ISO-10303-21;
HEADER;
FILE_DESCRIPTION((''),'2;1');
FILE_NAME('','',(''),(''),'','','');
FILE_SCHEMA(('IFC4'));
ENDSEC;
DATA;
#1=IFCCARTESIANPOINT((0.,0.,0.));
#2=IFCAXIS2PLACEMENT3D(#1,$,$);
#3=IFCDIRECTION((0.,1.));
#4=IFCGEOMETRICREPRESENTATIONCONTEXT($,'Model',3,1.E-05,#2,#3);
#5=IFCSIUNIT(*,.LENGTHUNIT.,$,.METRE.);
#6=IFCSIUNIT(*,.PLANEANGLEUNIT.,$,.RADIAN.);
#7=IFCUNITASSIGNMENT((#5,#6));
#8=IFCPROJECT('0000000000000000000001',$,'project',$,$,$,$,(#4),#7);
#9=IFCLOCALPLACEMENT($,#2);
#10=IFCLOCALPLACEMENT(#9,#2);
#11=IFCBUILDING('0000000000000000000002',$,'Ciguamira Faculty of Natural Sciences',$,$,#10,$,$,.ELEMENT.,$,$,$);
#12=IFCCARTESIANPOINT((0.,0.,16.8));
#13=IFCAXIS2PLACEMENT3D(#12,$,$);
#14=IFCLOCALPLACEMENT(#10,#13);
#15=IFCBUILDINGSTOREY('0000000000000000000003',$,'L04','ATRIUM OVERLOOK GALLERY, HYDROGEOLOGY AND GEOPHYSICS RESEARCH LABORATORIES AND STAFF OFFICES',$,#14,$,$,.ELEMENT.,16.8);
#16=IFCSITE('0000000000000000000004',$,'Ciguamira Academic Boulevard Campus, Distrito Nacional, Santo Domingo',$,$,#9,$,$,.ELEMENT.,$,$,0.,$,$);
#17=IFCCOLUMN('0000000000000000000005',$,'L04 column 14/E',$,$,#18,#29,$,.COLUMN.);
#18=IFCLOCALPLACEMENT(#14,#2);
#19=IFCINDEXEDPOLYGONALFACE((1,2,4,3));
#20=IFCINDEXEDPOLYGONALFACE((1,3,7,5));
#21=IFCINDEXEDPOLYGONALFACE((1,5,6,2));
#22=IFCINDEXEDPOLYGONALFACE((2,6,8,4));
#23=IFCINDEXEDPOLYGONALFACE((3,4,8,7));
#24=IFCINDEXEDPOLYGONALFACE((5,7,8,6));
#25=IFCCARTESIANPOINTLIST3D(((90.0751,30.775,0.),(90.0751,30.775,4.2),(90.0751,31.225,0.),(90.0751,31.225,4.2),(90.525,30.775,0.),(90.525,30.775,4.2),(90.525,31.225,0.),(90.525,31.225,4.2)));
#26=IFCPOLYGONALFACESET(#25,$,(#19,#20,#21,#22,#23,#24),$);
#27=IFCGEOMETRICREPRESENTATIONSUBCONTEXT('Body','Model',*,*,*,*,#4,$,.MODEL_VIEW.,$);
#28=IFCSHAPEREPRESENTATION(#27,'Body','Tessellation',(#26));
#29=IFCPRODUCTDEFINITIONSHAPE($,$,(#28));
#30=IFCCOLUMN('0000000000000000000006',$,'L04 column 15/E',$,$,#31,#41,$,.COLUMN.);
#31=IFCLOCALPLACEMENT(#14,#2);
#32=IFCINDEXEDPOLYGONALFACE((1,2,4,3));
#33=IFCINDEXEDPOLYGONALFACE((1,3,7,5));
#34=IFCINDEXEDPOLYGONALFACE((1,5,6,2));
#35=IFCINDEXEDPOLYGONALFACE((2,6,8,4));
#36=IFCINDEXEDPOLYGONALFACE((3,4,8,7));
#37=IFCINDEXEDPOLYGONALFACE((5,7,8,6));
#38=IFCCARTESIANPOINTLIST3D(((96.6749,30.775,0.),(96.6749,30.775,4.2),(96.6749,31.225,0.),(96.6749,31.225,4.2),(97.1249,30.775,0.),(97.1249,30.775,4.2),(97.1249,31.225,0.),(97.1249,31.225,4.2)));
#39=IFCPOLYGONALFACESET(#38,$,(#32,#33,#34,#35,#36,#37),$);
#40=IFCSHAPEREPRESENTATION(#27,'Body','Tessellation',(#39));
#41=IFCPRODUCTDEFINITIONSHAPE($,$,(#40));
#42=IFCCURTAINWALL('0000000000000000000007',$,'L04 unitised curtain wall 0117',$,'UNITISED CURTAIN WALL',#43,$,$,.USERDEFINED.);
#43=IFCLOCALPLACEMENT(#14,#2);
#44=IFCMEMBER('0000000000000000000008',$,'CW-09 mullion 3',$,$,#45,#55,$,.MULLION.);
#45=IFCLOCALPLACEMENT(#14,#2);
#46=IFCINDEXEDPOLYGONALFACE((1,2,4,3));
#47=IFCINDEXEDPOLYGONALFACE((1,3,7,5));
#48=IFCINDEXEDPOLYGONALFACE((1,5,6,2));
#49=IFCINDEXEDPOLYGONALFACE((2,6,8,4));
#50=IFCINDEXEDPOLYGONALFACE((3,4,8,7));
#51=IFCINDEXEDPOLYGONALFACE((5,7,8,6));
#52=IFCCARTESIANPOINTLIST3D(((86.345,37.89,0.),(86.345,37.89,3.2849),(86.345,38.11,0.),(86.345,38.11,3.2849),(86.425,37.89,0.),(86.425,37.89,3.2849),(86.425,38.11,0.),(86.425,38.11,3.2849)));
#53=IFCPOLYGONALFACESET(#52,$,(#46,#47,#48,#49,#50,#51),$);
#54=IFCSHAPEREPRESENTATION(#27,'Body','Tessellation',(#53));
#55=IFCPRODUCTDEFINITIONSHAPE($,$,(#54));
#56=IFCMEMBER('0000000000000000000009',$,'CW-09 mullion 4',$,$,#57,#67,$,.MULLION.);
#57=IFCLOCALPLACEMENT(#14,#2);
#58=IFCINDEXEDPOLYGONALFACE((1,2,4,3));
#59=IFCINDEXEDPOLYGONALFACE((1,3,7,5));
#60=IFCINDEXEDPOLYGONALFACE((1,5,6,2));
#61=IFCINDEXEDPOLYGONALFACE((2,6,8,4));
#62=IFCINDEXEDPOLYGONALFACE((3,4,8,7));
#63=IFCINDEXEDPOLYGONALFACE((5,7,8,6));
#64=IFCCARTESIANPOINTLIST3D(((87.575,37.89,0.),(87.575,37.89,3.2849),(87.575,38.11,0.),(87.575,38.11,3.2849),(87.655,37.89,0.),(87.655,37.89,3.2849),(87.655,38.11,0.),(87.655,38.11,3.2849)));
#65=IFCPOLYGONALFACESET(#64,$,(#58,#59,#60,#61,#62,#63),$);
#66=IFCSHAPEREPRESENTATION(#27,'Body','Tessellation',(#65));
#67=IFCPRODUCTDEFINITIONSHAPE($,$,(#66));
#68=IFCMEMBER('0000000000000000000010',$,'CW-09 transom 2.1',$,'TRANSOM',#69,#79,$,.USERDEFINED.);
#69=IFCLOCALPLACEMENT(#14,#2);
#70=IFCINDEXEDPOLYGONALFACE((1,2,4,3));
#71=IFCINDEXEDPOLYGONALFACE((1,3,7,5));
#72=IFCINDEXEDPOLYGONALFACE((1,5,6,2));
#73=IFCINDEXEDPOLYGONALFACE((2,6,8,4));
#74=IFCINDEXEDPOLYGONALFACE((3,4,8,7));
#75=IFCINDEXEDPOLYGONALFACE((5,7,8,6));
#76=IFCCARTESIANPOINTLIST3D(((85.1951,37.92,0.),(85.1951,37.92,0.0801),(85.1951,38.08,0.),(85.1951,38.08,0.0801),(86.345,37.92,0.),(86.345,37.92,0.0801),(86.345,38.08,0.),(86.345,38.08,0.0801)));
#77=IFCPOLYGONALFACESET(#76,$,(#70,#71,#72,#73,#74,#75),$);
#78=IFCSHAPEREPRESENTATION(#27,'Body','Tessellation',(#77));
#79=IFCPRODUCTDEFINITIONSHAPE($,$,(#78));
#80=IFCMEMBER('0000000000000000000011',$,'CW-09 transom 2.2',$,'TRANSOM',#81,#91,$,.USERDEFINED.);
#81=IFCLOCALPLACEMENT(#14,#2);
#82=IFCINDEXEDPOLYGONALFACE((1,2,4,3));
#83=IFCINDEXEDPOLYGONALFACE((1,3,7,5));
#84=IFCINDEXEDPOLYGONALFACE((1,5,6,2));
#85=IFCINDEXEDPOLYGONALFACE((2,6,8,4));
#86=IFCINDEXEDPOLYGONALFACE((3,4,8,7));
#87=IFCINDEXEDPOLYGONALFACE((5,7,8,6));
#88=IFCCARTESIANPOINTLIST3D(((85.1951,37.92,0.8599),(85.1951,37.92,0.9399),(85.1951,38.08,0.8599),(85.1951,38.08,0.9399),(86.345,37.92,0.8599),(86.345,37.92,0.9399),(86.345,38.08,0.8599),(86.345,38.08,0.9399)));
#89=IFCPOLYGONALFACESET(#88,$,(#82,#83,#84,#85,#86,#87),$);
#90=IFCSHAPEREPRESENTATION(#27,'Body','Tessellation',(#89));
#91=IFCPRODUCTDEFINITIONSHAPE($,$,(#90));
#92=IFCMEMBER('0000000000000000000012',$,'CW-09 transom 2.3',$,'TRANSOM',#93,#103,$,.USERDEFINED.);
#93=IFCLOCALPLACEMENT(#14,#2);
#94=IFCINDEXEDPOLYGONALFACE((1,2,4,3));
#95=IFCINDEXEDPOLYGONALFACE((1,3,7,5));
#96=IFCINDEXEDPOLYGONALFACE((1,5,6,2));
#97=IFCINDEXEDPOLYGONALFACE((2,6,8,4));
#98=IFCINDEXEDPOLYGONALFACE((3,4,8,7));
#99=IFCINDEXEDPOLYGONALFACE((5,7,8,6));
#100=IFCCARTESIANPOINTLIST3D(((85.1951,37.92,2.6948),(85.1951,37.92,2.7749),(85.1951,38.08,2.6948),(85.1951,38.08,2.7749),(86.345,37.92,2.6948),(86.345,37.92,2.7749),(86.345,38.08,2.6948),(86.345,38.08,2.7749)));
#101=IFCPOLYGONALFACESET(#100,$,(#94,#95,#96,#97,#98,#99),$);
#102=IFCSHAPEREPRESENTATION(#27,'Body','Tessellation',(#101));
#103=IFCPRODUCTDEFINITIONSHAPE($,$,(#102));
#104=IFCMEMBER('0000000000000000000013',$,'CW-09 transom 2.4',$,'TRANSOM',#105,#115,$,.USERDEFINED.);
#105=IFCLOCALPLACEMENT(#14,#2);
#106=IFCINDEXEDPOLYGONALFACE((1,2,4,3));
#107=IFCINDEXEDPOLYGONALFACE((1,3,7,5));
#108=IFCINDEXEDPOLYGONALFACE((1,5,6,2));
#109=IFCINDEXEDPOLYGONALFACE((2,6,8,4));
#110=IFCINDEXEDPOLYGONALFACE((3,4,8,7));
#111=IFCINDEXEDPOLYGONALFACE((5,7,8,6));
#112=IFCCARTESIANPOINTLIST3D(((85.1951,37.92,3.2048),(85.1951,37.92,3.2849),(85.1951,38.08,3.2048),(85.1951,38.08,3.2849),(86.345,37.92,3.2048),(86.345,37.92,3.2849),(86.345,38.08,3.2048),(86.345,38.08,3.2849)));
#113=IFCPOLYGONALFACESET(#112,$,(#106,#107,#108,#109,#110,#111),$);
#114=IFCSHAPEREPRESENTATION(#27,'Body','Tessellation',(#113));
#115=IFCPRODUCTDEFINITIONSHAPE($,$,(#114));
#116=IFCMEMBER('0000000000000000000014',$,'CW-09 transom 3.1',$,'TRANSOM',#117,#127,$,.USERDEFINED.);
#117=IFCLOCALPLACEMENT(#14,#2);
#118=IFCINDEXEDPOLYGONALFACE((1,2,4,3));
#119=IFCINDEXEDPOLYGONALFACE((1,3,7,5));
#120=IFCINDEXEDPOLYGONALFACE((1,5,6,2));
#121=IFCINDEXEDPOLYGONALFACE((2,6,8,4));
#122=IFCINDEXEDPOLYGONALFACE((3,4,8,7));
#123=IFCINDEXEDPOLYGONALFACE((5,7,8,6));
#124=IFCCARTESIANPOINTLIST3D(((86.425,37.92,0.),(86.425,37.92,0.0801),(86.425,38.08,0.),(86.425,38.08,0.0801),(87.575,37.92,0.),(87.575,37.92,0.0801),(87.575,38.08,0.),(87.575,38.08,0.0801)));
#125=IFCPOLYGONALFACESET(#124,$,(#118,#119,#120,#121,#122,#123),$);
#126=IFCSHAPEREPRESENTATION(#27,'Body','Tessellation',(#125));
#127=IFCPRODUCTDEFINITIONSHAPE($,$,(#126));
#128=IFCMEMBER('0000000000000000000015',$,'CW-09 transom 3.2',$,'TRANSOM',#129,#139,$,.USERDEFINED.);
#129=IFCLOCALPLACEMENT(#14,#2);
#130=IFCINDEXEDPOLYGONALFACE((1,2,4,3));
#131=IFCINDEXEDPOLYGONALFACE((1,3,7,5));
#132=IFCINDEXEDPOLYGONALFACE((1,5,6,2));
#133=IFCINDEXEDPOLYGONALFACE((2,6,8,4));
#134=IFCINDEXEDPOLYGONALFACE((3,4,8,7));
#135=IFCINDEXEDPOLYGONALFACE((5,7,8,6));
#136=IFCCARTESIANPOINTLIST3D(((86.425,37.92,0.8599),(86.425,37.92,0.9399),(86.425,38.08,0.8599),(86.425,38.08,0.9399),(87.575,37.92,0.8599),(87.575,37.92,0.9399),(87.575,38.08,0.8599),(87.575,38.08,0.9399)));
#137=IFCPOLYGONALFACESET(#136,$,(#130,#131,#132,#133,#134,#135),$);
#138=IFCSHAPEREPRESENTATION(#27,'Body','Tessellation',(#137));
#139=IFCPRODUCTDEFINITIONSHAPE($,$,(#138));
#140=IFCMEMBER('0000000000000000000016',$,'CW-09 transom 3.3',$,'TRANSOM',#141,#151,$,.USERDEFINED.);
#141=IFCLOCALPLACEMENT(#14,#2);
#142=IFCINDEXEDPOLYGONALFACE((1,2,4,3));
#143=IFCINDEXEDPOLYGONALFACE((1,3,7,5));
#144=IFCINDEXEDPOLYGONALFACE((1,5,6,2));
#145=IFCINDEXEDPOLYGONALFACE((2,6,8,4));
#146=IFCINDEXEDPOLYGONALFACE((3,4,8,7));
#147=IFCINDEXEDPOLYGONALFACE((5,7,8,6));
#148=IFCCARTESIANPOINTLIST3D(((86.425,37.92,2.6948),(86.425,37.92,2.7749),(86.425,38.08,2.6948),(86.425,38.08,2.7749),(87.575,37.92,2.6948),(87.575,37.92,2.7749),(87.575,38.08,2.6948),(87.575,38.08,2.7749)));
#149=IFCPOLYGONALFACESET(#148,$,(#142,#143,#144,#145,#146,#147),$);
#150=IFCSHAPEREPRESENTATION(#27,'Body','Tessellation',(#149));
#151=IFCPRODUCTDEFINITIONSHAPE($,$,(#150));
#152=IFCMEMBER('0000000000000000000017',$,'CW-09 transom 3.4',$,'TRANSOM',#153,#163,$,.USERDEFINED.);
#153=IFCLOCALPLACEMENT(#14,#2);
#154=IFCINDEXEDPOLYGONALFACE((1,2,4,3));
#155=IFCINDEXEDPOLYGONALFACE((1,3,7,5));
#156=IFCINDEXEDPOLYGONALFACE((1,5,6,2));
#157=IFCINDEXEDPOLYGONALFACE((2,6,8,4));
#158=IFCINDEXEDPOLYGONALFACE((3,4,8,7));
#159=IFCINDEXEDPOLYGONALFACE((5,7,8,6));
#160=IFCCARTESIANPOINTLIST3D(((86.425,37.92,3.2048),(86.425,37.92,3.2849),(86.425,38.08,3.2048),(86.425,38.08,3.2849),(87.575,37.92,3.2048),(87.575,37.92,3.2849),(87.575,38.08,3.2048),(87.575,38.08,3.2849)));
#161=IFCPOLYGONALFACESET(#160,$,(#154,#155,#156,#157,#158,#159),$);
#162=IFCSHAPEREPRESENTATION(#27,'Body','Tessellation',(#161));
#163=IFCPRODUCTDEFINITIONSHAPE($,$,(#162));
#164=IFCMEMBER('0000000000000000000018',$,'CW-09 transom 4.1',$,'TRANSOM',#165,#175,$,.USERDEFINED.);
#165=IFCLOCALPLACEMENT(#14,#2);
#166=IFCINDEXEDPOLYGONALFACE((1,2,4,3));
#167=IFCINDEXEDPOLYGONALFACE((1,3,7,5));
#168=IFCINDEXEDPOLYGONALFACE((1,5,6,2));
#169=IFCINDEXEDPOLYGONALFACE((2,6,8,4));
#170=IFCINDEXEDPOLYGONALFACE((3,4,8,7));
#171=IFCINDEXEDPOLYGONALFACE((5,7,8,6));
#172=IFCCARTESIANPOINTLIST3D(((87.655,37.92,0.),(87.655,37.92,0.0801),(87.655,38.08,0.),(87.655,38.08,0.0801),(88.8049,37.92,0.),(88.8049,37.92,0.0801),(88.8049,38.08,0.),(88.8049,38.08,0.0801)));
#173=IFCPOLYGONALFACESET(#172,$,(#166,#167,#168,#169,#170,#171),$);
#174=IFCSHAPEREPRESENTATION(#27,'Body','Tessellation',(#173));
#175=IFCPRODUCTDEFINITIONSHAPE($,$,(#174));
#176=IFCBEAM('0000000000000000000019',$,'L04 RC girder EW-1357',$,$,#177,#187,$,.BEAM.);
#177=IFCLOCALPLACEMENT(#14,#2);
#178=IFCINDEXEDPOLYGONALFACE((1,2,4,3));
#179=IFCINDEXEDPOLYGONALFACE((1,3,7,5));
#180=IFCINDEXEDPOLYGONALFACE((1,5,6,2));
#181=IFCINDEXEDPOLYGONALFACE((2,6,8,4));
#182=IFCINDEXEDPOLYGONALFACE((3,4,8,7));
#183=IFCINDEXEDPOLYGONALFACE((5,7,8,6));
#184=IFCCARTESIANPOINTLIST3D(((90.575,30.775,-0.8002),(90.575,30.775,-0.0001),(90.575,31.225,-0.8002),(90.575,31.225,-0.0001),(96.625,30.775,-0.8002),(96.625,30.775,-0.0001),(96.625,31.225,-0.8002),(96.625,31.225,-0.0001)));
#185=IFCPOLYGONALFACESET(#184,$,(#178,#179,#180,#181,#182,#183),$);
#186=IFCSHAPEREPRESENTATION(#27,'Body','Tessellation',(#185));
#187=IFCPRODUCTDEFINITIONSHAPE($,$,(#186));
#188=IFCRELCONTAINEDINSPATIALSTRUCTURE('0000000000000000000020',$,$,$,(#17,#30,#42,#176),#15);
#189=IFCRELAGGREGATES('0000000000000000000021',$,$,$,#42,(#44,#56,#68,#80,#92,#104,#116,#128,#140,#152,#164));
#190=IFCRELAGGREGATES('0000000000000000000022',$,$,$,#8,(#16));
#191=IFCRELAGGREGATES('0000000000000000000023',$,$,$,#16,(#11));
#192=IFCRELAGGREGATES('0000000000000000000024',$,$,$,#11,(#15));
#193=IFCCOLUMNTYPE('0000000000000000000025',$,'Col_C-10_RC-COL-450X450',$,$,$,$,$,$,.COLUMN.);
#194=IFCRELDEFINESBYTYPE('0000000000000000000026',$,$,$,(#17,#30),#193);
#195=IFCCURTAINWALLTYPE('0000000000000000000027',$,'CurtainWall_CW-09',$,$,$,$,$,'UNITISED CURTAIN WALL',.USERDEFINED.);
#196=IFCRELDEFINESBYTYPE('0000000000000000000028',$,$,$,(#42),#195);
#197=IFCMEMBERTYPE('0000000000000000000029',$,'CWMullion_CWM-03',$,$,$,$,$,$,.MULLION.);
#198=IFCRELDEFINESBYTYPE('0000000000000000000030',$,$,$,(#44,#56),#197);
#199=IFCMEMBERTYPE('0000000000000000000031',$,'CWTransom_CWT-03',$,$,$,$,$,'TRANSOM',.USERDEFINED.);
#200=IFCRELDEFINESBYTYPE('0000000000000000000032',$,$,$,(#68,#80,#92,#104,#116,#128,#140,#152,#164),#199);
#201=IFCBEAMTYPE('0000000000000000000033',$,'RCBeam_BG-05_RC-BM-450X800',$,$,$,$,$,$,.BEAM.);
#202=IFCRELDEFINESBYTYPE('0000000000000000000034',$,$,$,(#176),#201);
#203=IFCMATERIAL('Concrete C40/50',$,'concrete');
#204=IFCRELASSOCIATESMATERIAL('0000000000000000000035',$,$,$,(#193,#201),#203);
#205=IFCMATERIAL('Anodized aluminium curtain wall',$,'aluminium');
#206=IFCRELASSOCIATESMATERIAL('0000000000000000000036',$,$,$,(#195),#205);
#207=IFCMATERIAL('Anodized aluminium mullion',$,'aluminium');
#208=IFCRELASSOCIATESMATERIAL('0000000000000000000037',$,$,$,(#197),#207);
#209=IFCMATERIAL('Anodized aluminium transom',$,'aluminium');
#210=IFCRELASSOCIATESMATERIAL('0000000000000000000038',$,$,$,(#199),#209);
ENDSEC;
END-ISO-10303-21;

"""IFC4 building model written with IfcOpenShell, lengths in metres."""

from ifc_helpers import new_model, si_unit, direction, frame, origin, origin_2d, place, context, subcontext, project, spatial, rectangle, extrude, material, material_profile, profile_set, type_object, element, aggregate, save


model = new_model("IFC4")

# Units and contexts
model_context = context("Model", 3, precision=1e-05, world=origin(), true_north=direction((0.0, 1.0)))
body_context = subcontext(model_context, "Body", "Model", "MODEL_VIEW")
ifc_project = project(units=[si_unit("LENGTHUNIT", "METRE"), si_unit("PLANEANGLEUNIT", "RADIAN")], contexts=[model_context])

# Site, building, storey
site_placement = place(None, origin())
site = spatial("IfcSite", under=ifc_project, at=site_placement, Name="Ciguamira Academic Boulevard Campus, Distrito Nacional, Santo Domingo", CompositionType="ELEMENT", RefElevation=0.0)
building_placement = place(site_placement, origin())
building = spatial("IfcBuilding", under=site, at=building_placement, Name="Ciguamira Faculty of Natural Sciences", CompositionType="ELEMENT")
storey_placement = place(building_placement, frame((0.0, 0.0, 16.8)))
storey = spatial("IfcBuildingStorey", under=building, at=storey_placement, Name="L04", Description="ATRIUM OVERLOOK GALLERY, HYDROGEOLOGY AND GEOPHYSICS RESEARCH LABORATORIES AND STAFF OFFICES", CompositionType="ELEMENT", Elevation=16.8)

# Columns
ifc_material_1 = material(Name="Concrete C40/50", Category="concrete")
ifc_material_profile_1 = material_profile(ifc_material_1, rectangle(XDim=0.45, YDim=0.45, at=origin_2d()), Name="RC-COL-450X450")
ifc_profile_set_1 = profile_set([ifc_material_profile_1], Name="Concrete C40/50")
column_type = type_object("IfcColumnType", Name="Col_C-10_RC-COL-450X450", PredefinedType="COLUMN", material=ifc_profile_set_1)
for number, where, z_axis, x_axis, name in (
    (1, (90.3, 31.0, 0.0), (0.0, 0.0, 1.0), (1.0, 0.0, 0.0), "L04 column 14/E"),
    (2, (96.8999, 31.0, 0.0), (0.0, 0.0, 1.0), (1.0, 0.0, 0.0), "L04 column 15/E"),
):
    element("IfcColumn", number, at=place(storey_placement, frame(where, z_axis=z_axis, x_axis=x_axis)), inside=storey, type_object=column_type, Name=name, PredefinedType="COLUMN", context=body_context, shape_type="SweptSolid", body=[
        extrude(rectangle(XDim=0.45, YDim=0.45, at=origin_2d()), origin(), (0.0, 0.0, 1.0), 4.2),
    ])

# Curtain wall, members
ifc_material_2 = material(Name="Anodized aluminium curtain wall", Category="aluminium")
curtain_wall_type = type_object("IfcCurtainWallType", Name="CurtainWall_CW-09", ElementType="UNITISED CURTAIN WALL", PredefinedType="USERDEFINED", material=ifc_material_2)
curtain_wall_placement = place(storey_placement, origin())
curtain_wall = element("IfcCurtainWall", 3, at=curtain_wall_placement, inside=storey, type_object=curtain_wall_type, Name="L04 unitised curtain wall 0117", ObjectType="UNITISED CURTAIN WALL", PredefinedType="USERDEFINED")
ifc_material_3 = material(Name="Anodized aluminium mullion", Category="aluminium")
ifc_material_profile_2 = material_profile(ifc_material_3, rectangle(XDim=0.0801, YDim=0.22, at=origin_2d()), Name="ALU-MUL-80X220")
ifc_profile_set_2 = profile_set([ifc_material_profile_2], Name="Anodized aluminium mullion")
member_type_1 = type_object("IfcMemberType", Name="CWMullion_CWM-03", PredefinedType="MULLION", material=ifc_profile_set_2)
member_1_placement = place(storey_placement, frame((86.385, 38.0, 0.0), z_axis=(0.0, 0.0, 1.0), x_axis=(1.0, 0.0, 0.0)))
member_1 = element("IfcMember", 4, at=member_1_placement, type_object=member_type_1, Name="CW-09 mullion 3", PredefinedType="MULLION", context=body_context, shape_type="SweptSolid", body=[
    extrude(rectangle(XDim=0.0801, YDim=0.22, at=origin_2d()), origin(), (0.0, 0.0, 1.0), 3.2849),
])
member_2_placement = place(storey_placement, frame((87.615, 38.0, 0.0), z_axis=(0.0, 0.0, 1.0), x_axis=(1.0, 0.0, 0.0)))
member_2 = element("IfcMember", 5, at=member_2_placement, type_object=member_type_1, Name="CW-09 mullion 4", PredefinedType="MULLION", context=body_context, shape_type="SweptSolid", body=[
    extrude(rectangle(XDim=0.0801, YDim=0.22, at=origin_2d()), origin(), (0.0, 0.0, 1.0), 3.2849),
])
ifc_material_4 = material(Name="Anodized aluminium transom", Category="aluminium")
ifc_material_profile_3 = material_profile(ifc_material_4, rectangle(XDim=0.0801, YDim=0.1599, at=origin_2d()), Name="ALU-TRN-80X160")
ifc_profile_set_3 = profile_set([ifc_material_profile_3], Name="Anodized aluminium transom")
member_type_2 = type_object("IfcMemberType", Name="CWTransom_CWT-03", ElementType="TRANSOM", PredefinedType="USERDEFINED", material=ifc_profile_set_3)
member_3_placement = place(storey_placement, frame((85.1951, 38.0, 0.04), z_axis=(1.0, 0.0, 0.0), x_axis=(0.0, 0.0, 1.0)))
member_3 = element("IfcMember", 6, at=member_3_placement, type_object=member_type_2, Name="CW-09 transom 2.1", ObjectType="TRANSOM", PredefinedType="USERDEFINED", context=body_context, shape_type="SweptSolid", body=[
    extrude(rectangle(XDim=0.0801, YDim=0.1599, at=origin_2d()), origin(), (0.0, 0.0, 1.0), 1.1499),
])
member_4_placement = place(storey_placement, frame((85.1951, 38.0, 0.8999), z_axis=(1.0, 0.0, 0.0), x_axis=(0.0, 0.0, 1.0)))
member_4 = element("IfcMember", 7, at=member_4_placement, type_object=member_type_2, Name="CW-09 transom 2.2", ObjectType="TRANSOM", PredefinedType="USERDEFINED", context=body_context, shape_type="SweptSolid", body=[
    extrude(rectangle(XDim=0.0801, YDim=0.1599, at=origin_2d()), origin(), (0.0, 0.0, 1.0), 1.1499),
])
member_5_placement = place(storey_placement, frame((85.1951, 38.0, 2.7349), z_axis=(1.0, 0.0, 0.0), x_axis=(0.0, 0.0, 1.0)))
member_5 = element("IfcMember", 8, at=member_5_placement, type_object=member_type_2, Name="CW-09 transom 2.3", ObjectType="TRANSOM", PredefinedType="USERDEFINED", context=body_context, shape_type="SweptSolid", body=[
    extrude(rectangle(XDim=0.0801, YDim=0.1599, at=origin_2d()), origin(), (0.0, 0.0, 1.0), 1.1499),
])
member_6_placement = place(storey_placement, frame((85.1951, 38.0, 3.2449), z_axis=(1.0, 0.0, 0.0), x_axis=(0.0, 0.0, 1.0)))
member_6 = element("IfcMember", 9, at=member_6_placement, type_object=member_type_2, Name="CW-09 transom 2.4", ObjectType="TRANSOM", PredefinedType="USERDEFINED", context=body_context, shape_type="SweptSolid", body=[
    extrude(rectangle(XDim=0.0801, YDim=0.1599, at=origin_2d()), origin(), (0.0, 0.0, 1.0), 1.1499),
])
member_7_placement = place(storey_placement, frame((86.425, 38.0, 0.04), z_axis=(1.0, 0.0, 0.0), x_axis=(0.0, 0.0, 1.0)))
member_7 = element("IfcMember", 10, at=member_7_placement, type_object=member_type_2, Name="CW-09 transom 3.1", ObjectType="TRANSOM", PredefinedType="USERDEFINED", context=body_context, shape_type="SweptSolid", body=[
    extrude(rectangle(XDim=0.0801, YDim=0.1599, at=origin_2d()), origin(), (0.0, 0.0, 1.0), 1.1499),
])
member_8_placement = place(storey_placement, frame((86.425, 38.0, 0.8999), z_axis=(1.0, 0.0, 0.0), x_axis=(0.0, 0.0, 1.0)))
member_8 = element("IfcMember", 11, at=member_8_placement, type_object=member_type_2, Name="CW-09 transom 3.2", ObjectType="TRANSOM", PredefinedType="USERDEFINED", context=body_context, shape_type="SweptSolid", body=[
    extrude(rectangle(XDim=0.0801, YDim=0.1599, at=origin_2d()), origin(), (0.0, 0.0, 1.0), 1.1499),
])
member_9_placement = place(storey_placement, frame((86.425, 38.0, 2.7349), z_axis=(1.0, 0.0, 0.0), x_axis=(0.0, 0.0, 1.0)))
member_9 = element("IfcMember", 12, at=member_9_placement, type_object=member_type_2, Name="CW-09 transom 3.3", ObjectType="TRANSOM", PredefinedType="USERDEFINED", context=body_context, shape_type="SweptSolid", body=[
    extrude(rectangle(XDim=0.0801, YDim=0.1599, at=origin_2d()), origin(), (0.0, 0.0, 1.0), 1.1499),
])
member_10_placement = place(storey_placement, frame((86.425, 38.0, 3.2449), z_axis=(1.0, 0.0, 0.0), x_axis=(0.0, 0.0, 1.0)))
member_10 = element("IfcMember", 13, at=member_10_placement, type_object=member_type_2, Name="CW-09 transom 3.4", ObjectType="TRANSOM", PredefinedType="USERDEFINED", context=body_context, shape_type="SweptSolid", body=[
    extrude(rectangle(XDim=0.0801, YDim=0.1599, at=origin_2d()), origin(), (0.0, 0.0, 1.0), 1.1499),
])
member_11_placement = place(storey_placement, frame((87.655, 38.0, 0.04), z_axis=(1.0, 0.0, 0.0), x_axis=(0.0, 0.0, 1.0)))
member_11 = element("IfcMember", 14, at=member_11_placement, type_object=member_type_2, Name="CW-09 transom 4.1", ObjectType="TRANSOM", PredefinedType="USERDEFINED", context=body_context, shape_type="SweptSolid", body=[
    extrude(rectangle(XDim=0.0801, YDim=0.1599, at=origin_2d()), origin(), (0.0, 0.0, 1.0), 1.1499),
])

# Beam
ifc_material_profile_4 = material_profile(ifc_material_1, rectangle(XDim=0.45, YDim=0.8, at=origin_2d()), Name="RC-BM-450X800")
ifc_profile_set_4 = profile_set([ifc_material_profile_4], Name="Concrete C40/50")
beam_type_1 = type_object("IfcBeamType", Name="RCBeam_BG-05_RC-BM-450X800", PredefinedType="BEAM", material=ifc_profile_set_4)
beam_1_placement = place(storey_placement, frame((90.575, 31.0, -0.4001), z_axis=(1.0, 0.0, 0.0), x_axis=(0.0, 1.0, 0.0)))
element("IfcBeam", 15, at=beam_1_placement, inside=storey, type_object=beam_type_1, Name="L04 RC girder EW-1357", PredefinedType="BEAM", context=body_context, shape_type="SweptSolid", body=[
    extrude(rectangle(XDim=0.45, YDim=0.8, at=origin_2d()), origin(), (0.0, 0.0, 1.0), 6.05),
])

aggregate(curtain_wall, [member_1, member_2, member_3, member_4, member_5, member_6, member_7, member_8, member_9, member_10, member_11])

save(model, "model.ifc")
